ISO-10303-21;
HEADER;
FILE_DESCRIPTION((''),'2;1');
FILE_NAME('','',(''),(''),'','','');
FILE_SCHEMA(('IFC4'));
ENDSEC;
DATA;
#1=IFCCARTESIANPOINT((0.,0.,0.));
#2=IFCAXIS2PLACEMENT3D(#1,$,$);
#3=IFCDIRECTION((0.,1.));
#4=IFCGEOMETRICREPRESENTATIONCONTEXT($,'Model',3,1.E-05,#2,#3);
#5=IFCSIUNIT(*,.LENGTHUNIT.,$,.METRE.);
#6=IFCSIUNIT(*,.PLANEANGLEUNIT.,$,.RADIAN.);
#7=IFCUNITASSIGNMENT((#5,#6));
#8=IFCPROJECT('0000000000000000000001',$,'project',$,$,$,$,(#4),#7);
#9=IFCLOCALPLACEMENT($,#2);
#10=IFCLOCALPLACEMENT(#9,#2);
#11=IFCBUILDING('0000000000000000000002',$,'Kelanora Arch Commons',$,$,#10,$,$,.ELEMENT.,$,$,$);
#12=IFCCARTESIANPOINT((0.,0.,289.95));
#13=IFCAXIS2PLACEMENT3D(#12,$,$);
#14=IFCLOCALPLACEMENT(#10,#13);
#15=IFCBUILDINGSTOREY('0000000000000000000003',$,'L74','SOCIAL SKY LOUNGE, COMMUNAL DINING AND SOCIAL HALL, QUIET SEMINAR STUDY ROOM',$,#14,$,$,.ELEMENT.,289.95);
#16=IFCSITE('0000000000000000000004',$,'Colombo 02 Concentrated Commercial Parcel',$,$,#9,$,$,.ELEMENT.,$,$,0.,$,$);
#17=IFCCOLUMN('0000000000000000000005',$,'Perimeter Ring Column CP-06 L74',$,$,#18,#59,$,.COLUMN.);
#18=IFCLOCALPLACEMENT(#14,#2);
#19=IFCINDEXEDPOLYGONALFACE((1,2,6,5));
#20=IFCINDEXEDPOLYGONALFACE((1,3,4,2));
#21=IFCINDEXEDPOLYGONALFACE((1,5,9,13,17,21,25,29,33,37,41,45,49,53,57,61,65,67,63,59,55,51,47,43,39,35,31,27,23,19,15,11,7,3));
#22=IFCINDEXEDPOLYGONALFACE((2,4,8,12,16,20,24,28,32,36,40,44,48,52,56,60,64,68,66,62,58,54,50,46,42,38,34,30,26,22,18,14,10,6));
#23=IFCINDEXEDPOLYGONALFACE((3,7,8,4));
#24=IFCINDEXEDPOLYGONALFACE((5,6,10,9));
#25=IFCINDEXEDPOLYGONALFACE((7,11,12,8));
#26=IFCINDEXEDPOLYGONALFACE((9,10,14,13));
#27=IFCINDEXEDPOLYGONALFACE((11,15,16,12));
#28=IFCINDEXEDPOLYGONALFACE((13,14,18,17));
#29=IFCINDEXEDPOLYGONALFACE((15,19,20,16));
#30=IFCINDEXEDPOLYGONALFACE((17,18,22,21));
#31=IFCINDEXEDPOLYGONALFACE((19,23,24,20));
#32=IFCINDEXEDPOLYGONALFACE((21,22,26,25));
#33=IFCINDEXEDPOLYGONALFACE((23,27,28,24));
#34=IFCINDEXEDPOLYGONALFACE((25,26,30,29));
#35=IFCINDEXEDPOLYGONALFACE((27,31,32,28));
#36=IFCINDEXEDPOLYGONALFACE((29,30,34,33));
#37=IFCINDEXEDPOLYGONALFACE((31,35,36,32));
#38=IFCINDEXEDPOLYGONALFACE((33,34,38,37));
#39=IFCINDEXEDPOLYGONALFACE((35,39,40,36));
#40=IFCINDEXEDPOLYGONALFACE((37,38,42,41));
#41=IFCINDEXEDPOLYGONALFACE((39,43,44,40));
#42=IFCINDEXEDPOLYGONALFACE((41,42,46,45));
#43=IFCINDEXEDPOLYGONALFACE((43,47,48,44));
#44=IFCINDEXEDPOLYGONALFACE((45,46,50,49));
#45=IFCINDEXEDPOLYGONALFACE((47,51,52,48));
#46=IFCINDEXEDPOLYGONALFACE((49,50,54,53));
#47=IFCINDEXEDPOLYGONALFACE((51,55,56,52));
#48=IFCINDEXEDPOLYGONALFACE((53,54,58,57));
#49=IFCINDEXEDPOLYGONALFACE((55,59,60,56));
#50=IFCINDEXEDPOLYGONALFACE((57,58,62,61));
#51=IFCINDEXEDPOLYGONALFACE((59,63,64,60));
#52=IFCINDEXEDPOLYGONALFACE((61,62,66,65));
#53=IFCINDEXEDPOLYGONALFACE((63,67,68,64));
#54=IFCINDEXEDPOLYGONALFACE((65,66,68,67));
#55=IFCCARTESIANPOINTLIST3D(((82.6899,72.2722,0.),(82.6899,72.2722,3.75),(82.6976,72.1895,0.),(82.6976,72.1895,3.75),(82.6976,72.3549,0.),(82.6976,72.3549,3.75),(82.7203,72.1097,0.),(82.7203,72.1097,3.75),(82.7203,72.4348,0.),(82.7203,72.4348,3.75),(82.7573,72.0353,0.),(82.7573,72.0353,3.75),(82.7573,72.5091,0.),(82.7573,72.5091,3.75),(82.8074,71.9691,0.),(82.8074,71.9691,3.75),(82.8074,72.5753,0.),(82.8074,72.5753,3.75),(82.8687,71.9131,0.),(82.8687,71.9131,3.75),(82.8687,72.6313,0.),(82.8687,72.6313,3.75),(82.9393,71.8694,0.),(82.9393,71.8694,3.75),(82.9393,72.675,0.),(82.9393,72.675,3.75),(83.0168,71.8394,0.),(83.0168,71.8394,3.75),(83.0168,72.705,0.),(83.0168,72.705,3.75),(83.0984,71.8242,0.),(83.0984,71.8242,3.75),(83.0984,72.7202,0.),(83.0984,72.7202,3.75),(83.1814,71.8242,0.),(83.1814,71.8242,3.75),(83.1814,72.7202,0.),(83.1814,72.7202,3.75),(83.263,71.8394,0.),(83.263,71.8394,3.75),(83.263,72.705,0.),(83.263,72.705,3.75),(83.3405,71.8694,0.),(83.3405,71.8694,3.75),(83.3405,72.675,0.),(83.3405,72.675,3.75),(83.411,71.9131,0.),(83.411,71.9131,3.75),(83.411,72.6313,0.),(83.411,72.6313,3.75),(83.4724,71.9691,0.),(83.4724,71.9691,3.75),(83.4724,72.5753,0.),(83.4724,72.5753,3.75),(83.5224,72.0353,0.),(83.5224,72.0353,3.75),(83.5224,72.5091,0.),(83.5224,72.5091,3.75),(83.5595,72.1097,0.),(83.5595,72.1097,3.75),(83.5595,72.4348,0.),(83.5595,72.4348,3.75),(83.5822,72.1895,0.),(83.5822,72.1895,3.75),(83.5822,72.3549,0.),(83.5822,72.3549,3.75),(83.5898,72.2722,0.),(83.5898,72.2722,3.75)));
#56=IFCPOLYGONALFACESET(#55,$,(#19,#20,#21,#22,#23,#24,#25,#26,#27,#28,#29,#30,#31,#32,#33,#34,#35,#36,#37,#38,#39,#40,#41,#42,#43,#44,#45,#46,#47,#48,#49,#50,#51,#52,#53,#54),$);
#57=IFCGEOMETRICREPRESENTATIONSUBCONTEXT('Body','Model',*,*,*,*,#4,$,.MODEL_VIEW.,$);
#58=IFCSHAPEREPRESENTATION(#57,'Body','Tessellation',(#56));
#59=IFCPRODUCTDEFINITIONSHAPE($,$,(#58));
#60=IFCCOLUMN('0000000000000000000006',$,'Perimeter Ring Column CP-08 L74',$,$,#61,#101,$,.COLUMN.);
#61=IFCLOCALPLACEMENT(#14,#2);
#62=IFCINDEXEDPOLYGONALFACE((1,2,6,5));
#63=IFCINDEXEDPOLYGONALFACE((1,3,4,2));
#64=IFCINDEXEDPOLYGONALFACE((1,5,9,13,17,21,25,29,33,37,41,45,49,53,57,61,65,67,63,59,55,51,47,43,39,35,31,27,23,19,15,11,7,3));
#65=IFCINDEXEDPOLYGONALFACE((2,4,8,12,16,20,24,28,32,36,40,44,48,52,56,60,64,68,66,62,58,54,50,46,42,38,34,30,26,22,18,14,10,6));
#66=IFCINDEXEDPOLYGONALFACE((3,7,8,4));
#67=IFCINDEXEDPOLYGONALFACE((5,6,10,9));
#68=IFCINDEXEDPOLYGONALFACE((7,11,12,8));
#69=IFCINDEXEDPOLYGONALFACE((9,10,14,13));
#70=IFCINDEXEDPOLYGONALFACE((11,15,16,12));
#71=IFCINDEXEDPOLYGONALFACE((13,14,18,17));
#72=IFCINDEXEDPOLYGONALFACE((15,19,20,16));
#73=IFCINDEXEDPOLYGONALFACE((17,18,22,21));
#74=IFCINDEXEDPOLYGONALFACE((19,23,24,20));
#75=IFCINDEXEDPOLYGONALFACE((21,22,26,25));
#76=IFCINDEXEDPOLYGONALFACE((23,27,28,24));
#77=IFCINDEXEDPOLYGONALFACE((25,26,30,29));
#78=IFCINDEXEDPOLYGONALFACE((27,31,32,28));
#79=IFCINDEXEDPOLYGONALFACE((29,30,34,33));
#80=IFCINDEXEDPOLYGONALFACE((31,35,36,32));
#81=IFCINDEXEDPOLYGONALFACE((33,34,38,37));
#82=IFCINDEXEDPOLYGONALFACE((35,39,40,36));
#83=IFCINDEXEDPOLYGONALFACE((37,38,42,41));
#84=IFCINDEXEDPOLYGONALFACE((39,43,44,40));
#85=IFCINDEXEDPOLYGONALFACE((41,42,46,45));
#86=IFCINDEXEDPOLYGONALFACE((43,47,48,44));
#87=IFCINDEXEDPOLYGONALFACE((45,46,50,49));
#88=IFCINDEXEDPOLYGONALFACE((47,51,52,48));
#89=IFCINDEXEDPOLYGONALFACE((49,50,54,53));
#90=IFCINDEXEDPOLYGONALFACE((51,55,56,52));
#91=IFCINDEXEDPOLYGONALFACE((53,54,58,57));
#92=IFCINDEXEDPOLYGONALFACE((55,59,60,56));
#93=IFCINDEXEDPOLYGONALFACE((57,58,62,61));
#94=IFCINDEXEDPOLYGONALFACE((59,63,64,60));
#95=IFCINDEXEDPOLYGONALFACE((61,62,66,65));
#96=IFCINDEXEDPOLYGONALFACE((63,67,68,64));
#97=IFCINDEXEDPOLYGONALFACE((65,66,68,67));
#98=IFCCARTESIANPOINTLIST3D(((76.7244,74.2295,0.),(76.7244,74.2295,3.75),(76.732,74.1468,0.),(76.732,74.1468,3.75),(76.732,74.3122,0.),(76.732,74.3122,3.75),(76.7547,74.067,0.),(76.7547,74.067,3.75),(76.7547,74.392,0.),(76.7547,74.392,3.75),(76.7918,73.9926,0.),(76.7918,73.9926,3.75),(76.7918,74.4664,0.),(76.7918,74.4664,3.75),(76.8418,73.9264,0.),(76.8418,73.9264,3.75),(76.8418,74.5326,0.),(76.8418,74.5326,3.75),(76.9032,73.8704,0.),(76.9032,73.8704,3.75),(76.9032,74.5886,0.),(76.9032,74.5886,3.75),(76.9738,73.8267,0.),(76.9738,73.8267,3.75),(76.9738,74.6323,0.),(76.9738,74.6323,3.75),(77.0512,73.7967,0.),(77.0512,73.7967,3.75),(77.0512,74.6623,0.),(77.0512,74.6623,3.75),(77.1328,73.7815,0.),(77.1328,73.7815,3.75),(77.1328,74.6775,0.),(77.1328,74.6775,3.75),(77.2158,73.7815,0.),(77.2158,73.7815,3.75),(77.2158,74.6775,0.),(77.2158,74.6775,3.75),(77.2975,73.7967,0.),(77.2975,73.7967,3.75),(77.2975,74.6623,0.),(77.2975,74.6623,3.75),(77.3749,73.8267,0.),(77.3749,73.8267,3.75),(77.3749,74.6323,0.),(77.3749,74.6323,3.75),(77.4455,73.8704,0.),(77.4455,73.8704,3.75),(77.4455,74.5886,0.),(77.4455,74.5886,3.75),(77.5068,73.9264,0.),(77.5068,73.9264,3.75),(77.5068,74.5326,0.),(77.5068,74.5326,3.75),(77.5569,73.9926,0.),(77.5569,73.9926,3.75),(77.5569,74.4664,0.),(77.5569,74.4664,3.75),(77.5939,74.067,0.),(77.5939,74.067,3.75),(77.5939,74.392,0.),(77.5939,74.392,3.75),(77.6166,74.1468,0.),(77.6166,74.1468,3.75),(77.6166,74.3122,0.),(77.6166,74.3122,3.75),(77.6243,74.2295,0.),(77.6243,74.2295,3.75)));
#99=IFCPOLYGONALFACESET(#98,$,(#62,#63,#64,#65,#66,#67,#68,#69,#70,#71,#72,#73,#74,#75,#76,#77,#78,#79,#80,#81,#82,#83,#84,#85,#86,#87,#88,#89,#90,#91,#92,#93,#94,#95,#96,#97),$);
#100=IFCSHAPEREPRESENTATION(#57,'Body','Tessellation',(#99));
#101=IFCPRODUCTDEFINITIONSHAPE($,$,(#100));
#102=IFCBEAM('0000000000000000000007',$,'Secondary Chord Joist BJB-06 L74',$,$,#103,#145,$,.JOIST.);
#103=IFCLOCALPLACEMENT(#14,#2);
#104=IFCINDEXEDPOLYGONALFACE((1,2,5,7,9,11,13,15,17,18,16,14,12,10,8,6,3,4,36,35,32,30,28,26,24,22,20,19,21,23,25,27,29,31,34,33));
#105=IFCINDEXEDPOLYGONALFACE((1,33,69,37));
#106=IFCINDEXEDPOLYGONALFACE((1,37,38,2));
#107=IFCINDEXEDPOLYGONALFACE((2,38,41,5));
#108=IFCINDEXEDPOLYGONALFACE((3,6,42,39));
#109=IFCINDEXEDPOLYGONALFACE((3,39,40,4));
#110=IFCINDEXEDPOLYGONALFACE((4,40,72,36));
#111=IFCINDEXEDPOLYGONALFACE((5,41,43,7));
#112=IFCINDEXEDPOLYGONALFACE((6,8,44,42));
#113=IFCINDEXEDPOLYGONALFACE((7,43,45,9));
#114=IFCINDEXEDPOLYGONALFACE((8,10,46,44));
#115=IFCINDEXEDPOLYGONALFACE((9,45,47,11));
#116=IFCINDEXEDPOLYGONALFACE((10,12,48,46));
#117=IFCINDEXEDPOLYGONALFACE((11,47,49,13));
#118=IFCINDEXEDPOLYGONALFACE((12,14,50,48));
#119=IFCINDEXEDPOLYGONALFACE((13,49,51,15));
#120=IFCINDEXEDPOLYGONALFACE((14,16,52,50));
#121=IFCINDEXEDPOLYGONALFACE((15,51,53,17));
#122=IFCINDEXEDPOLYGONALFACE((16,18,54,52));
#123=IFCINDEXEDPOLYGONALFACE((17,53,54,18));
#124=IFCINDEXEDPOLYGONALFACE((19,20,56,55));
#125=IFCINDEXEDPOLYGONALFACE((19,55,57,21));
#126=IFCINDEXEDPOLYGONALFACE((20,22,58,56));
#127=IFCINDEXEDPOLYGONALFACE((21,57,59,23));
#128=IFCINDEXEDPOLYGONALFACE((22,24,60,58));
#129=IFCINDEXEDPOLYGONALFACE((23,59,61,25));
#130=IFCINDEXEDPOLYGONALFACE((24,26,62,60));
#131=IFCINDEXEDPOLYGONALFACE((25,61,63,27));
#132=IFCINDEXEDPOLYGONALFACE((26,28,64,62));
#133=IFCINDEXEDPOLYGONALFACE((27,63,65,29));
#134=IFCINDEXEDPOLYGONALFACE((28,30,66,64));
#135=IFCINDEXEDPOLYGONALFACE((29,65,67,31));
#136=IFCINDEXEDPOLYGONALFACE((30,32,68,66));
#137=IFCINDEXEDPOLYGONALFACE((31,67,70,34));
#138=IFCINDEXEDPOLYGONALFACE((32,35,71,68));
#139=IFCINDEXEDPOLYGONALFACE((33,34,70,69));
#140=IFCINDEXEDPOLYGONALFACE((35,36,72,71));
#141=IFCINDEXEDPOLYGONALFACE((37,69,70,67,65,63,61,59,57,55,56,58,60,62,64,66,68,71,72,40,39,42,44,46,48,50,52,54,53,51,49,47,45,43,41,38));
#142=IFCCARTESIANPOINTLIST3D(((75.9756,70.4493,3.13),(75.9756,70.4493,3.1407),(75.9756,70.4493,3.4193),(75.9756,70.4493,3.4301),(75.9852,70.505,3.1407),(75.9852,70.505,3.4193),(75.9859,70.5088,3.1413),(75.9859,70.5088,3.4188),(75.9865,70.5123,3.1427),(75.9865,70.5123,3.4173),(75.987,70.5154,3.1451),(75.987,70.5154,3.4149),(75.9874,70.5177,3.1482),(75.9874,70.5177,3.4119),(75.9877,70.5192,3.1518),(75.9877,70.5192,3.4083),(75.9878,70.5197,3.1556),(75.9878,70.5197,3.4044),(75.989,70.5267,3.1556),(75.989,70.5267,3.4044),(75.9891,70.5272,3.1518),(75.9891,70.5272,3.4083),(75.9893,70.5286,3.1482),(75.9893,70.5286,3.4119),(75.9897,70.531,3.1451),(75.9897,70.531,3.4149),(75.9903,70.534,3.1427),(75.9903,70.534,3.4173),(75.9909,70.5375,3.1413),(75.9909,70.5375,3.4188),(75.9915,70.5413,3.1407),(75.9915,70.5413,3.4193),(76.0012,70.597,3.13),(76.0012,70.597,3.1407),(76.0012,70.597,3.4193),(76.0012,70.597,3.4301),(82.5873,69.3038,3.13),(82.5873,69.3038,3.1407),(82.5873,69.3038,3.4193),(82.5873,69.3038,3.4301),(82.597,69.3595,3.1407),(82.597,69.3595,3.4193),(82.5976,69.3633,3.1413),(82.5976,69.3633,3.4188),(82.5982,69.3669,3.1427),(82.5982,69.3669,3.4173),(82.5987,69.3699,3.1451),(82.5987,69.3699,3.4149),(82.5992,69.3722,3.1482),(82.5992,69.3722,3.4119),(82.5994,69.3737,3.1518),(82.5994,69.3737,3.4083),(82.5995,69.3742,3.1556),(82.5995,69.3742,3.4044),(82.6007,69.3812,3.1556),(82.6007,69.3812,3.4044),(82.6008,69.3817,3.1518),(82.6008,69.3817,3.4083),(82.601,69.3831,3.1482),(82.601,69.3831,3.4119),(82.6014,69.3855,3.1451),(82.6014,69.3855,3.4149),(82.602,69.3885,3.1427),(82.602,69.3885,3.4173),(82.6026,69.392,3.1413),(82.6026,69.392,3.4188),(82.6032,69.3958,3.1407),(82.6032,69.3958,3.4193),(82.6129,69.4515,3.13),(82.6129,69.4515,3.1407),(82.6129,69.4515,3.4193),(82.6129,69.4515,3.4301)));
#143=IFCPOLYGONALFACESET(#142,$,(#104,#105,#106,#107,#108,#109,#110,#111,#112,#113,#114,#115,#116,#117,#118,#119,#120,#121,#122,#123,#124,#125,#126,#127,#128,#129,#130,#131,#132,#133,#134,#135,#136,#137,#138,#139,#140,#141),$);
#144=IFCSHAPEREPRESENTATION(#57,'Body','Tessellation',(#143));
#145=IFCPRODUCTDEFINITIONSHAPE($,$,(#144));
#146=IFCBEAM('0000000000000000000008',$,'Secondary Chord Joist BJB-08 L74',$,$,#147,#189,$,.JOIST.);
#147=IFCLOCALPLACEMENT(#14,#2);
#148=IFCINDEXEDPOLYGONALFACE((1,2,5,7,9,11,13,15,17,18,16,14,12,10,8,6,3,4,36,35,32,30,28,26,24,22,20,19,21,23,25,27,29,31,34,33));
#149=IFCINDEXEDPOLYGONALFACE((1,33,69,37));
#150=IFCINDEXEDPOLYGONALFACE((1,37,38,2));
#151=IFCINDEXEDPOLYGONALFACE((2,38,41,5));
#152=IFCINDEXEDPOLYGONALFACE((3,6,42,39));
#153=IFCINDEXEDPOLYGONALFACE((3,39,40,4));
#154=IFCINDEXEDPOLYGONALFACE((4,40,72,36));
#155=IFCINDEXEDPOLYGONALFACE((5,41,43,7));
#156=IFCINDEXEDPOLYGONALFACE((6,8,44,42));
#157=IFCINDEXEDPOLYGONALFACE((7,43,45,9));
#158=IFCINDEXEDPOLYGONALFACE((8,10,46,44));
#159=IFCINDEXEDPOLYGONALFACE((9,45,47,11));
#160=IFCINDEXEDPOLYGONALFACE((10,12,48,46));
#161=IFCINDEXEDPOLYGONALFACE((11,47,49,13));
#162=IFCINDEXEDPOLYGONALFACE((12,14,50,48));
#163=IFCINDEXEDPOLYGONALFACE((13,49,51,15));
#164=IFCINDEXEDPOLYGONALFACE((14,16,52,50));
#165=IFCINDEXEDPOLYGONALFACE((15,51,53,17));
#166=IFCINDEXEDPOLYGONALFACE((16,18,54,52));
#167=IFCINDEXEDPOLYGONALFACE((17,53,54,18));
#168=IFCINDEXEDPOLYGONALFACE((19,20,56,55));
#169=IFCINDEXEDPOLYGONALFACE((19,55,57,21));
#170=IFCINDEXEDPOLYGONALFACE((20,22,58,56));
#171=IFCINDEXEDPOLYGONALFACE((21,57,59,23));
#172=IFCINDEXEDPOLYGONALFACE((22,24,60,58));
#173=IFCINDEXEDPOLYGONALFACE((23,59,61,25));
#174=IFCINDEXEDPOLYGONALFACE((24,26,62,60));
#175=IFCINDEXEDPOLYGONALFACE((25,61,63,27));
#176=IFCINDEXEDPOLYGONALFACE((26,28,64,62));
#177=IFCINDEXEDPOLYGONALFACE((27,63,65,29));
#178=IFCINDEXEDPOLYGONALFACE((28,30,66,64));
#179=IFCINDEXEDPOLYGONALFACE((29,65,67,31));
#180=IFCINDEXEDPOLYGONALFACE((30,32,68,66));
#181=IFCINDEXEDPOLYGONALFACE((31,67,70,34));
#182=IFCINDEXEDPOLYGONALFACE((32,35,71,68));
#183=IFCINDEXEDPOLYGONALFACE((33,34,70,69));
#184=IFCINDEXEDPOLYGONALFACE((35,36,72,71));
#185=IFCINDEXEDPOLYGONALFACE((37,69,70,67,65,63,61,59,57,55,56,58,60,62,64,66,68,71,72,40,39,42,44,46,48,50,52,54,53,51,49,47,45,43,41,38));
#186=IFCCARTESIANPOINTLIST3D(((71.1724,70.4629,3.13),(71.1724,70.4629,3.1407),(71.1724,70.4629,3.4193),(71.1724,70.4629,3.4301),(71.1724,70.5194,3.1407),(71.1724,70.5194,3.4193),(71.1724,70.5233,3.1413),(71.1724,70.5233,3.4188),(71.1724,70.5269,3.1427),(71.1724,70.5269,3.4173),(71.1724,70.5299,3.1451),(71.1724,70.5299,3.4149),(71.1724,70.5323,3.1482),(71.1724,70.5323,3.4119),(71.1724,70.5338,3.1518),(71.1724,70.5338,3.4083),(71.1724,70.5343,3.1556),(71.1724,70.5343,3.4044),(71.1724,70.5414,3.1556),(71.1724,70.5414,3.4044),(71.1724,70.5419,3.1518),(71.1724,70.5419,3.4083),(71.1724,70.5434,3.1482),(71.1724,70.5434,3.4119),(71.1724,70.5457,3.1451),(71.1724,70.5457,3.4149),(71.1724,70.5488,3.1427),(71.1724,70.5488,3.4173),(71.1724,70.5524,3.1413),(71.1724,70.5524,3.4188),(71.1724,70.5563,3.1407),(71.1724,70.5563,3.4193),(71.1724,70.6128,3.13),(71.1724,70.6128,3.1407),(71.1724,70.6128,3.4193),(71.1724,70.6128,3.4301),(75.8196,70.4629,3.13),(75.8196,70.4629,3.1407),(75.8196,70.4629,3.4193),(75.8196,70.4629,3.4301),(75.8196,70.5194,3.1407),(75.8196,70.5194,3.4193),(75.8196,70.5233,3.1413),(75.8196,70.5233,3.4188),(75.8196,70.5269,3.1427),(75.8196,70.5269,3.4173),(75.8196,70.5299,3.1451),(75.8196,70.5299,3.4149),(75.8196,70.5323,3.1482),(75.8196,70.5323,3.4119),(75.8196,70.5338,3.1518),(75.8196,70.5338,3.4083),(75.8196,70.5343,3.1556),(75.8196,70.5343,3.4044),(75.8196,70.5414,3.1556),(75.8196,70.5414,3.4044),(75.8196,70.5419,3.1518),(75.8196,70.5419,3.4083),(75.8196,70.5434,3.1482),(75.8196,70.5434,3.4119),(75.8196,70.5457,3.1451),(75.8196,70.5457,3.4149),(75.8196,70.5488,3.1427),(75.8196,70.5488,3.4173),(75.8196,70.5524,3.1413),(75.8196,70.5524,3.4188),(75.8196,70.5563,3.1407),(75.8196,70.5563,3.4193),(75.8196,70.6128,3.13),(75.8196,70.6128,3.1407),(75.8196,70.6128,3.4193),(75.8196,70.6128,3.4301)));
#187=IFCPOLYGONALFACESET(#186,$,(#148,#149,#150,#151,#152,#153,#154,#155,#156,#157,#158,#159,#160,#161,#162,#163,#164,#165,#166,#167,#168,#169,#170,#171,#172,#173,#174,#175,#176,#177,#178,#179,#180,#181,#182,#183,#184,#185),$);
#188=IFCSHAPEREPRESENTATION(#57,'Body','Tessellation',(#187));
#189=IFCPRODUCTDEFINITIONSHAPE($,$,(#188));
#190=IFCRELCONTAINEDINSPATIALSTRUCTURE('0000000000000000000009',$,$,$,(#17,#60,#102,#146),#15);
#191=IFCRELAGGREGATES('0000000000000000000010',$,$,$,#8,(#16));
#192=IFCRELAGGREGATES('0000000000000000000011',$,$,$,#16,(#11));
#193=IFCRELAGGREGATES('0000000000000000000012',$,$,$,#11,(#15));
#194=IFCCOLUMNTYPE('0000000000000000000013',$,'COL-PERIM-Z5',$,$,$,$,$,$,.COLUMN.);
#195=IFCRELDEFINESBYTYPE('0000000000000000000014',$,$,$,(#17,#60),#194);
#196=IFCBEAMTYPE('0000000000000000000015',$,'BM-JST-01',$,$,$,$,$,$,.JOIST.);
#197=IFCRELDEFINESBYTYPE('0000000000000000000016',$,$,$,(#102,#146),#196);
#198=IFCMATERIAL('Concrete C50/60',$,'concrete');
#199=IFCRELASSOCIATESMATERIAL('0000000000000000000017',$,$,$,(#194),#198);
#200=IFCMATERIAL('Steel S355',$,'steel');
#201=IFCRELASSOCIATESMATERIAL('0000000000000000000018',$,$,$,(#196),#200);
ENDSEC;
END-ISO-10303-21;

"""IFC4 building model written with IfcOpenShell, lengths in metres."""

from ifc_helpers import new_model, si_unit, direction, frame, origin, origin_2d, place, context, subcontext, project, spatial, circle, i_section, extrude, material, material_profile, profile_set, type_object, element, save


model = new_model("IFC4")

# Units and contexts
model_context = context("Model", 3, precision=1e-05, world=origin(), true_north=direction((0.0, 1.0)))
body_context = subcontext(model_context, "Body", "Model", "MODEL_VIEW")
ifc_project = project(units=[si_unit("LENGTHUNIT", "METRE"), si_unit("PLANEANGLEUNIT", "RADIAN")], contexts=[model_context])

# Site, building, storey
site_placement = place(None, origin())
site = spatial("IfcSite", under=ifc_project, at=site_placement, Name="Colombo 02 Concentrated Commercial Parcel", CompositionType="ELEMENT", RefElevation=0.0)
building_placement = place(site_placement, origin())
building = spatial("IfcBuilding", under=site, at=building_placement, Name="Kelanora Arch Commons", CompositionType="ELEMENT")
storey_placement = place(building_placement, frame((0.0, 0.0, 289.95)))
storey = spatial("IfcBuildingStorey", under=building, at=storey_placement, Name="L74", Description="SOCIAL SKY LOUNGE, COMMUNAL DINING AND SOCIAL HALL, QUIET SEMINAR STUDY ROOM", CompositionType="ELEMENT", Elevation=289.95)

# Columns
ifc_material_1 = material(Name="Concrete C50/60", Category="concrete")
ifc_material_profile_1 = material_profile(ifc_material_1, circle(Radius=0.45, at=origin_2d()), Name="RCC900")
ifc_profile_set_1 = profile_set([ifc_material_profile_1], Name="Concrete C50/60")
column_type = type_object("IfcColumnType", Name="COL-PERIM-Z5", PredefinedType="COLUMN", material=ifc_profile_set_1)
for number, where, z_axis, x_axis, name in (
    (1, (83.1399, 72.2722, 0.0), (0.0, 0.0, 1.0), (1.0, 0.0, 0.0), "Perimeter Ring Column CP-06 L74"),
    (2, (77.1743, 74.2295, 0.0), (0.0, 0.0, 1.0), (1.0, 0.0, 0.0), "Perimeter Ring Column CP-08 L74"),
):
    element("IfcColumn", number, at=place(storey_placement, frame(where, z_axis=z_axis, x_axis=x_axis)), inside=storey, type_object=column_type, Name=name, PredefinedType="COLUMN", context=body_context, shape_type="SweptSolid", body=[
        extrude(circle(Radius=0.45, at=origin_2d()), origin(), (0.0, 0.0, 1.0), 3.75),
    ])

# Beams
ifc_material_2 = material(Name="Steel S355", Category="steel")
ifc_material_profile_2 = material_profile(ifc_material_2, i_section(OverallWidth=0.1499, OverallDepth=0.3, WebThickness=0.0071, FlangeThickness=0.0107, FilletRadius=0.0149, at=origin_2d()), Name="IPE300")
ifc_profile_set_2 = profile_set([ifc_material_profile_2], Name="Steel S355")
beam_type_1 = type_object("IfcBeamType", Name="BM-JST-01", PredefinedType="JOIST", material=ifc_profile_set_2)
beam_1_placement = place(storey_placement, frame((82.6001, 69.3777, 3.28), z_axis=(-0.985322, 0.170709, 0.0), x_axis=(-0.170709, -0.985322, 0.0)))
element("IfcBeam", 3, at=beam_1_placement, inside=storey, type_object=beam_type_1, Name="Secondary Chord Joist BJB-06 L74", PredefinedType="JOIST", context=body_context, shape_type="SweptSolid", body=[
    extrude(i_section(OverallWidth=0.1499, OverallDepth=0.3, WebThickness=0.0071, FlangeThickness=0.0107, FilletRadius=0.0149, at=origin_2d()), origin(), (0.0, 0.0, 1.0), 6.7102),
])
beam_2_placement = place(storey_placement, frame((75.8196, 70.5378, 3.28), z_axis=(-1.0, 0.0, 0.0), x_axis=(0.0, -1.0, 0.0)))
element("IfcBeam", 4, at=beam_2_placement, inside=storey, type_object=beam_type_1, Name="Secondary Chord Joist BJB-08 L74", PredefinedType="JOIST", context=body_context, shape_type="SweptSolid", body=[
    extrude(i_section(OverallWidth=0.1499, OverallDepth=0.3, WebThickness=0.0071, FlangeThickness=0.0107, FilletRadius=0.0149, at=origin_2d()), origin(), (0.0, 0.0, 1.0), 4.6472),
])

save(model, "model.ifc")
